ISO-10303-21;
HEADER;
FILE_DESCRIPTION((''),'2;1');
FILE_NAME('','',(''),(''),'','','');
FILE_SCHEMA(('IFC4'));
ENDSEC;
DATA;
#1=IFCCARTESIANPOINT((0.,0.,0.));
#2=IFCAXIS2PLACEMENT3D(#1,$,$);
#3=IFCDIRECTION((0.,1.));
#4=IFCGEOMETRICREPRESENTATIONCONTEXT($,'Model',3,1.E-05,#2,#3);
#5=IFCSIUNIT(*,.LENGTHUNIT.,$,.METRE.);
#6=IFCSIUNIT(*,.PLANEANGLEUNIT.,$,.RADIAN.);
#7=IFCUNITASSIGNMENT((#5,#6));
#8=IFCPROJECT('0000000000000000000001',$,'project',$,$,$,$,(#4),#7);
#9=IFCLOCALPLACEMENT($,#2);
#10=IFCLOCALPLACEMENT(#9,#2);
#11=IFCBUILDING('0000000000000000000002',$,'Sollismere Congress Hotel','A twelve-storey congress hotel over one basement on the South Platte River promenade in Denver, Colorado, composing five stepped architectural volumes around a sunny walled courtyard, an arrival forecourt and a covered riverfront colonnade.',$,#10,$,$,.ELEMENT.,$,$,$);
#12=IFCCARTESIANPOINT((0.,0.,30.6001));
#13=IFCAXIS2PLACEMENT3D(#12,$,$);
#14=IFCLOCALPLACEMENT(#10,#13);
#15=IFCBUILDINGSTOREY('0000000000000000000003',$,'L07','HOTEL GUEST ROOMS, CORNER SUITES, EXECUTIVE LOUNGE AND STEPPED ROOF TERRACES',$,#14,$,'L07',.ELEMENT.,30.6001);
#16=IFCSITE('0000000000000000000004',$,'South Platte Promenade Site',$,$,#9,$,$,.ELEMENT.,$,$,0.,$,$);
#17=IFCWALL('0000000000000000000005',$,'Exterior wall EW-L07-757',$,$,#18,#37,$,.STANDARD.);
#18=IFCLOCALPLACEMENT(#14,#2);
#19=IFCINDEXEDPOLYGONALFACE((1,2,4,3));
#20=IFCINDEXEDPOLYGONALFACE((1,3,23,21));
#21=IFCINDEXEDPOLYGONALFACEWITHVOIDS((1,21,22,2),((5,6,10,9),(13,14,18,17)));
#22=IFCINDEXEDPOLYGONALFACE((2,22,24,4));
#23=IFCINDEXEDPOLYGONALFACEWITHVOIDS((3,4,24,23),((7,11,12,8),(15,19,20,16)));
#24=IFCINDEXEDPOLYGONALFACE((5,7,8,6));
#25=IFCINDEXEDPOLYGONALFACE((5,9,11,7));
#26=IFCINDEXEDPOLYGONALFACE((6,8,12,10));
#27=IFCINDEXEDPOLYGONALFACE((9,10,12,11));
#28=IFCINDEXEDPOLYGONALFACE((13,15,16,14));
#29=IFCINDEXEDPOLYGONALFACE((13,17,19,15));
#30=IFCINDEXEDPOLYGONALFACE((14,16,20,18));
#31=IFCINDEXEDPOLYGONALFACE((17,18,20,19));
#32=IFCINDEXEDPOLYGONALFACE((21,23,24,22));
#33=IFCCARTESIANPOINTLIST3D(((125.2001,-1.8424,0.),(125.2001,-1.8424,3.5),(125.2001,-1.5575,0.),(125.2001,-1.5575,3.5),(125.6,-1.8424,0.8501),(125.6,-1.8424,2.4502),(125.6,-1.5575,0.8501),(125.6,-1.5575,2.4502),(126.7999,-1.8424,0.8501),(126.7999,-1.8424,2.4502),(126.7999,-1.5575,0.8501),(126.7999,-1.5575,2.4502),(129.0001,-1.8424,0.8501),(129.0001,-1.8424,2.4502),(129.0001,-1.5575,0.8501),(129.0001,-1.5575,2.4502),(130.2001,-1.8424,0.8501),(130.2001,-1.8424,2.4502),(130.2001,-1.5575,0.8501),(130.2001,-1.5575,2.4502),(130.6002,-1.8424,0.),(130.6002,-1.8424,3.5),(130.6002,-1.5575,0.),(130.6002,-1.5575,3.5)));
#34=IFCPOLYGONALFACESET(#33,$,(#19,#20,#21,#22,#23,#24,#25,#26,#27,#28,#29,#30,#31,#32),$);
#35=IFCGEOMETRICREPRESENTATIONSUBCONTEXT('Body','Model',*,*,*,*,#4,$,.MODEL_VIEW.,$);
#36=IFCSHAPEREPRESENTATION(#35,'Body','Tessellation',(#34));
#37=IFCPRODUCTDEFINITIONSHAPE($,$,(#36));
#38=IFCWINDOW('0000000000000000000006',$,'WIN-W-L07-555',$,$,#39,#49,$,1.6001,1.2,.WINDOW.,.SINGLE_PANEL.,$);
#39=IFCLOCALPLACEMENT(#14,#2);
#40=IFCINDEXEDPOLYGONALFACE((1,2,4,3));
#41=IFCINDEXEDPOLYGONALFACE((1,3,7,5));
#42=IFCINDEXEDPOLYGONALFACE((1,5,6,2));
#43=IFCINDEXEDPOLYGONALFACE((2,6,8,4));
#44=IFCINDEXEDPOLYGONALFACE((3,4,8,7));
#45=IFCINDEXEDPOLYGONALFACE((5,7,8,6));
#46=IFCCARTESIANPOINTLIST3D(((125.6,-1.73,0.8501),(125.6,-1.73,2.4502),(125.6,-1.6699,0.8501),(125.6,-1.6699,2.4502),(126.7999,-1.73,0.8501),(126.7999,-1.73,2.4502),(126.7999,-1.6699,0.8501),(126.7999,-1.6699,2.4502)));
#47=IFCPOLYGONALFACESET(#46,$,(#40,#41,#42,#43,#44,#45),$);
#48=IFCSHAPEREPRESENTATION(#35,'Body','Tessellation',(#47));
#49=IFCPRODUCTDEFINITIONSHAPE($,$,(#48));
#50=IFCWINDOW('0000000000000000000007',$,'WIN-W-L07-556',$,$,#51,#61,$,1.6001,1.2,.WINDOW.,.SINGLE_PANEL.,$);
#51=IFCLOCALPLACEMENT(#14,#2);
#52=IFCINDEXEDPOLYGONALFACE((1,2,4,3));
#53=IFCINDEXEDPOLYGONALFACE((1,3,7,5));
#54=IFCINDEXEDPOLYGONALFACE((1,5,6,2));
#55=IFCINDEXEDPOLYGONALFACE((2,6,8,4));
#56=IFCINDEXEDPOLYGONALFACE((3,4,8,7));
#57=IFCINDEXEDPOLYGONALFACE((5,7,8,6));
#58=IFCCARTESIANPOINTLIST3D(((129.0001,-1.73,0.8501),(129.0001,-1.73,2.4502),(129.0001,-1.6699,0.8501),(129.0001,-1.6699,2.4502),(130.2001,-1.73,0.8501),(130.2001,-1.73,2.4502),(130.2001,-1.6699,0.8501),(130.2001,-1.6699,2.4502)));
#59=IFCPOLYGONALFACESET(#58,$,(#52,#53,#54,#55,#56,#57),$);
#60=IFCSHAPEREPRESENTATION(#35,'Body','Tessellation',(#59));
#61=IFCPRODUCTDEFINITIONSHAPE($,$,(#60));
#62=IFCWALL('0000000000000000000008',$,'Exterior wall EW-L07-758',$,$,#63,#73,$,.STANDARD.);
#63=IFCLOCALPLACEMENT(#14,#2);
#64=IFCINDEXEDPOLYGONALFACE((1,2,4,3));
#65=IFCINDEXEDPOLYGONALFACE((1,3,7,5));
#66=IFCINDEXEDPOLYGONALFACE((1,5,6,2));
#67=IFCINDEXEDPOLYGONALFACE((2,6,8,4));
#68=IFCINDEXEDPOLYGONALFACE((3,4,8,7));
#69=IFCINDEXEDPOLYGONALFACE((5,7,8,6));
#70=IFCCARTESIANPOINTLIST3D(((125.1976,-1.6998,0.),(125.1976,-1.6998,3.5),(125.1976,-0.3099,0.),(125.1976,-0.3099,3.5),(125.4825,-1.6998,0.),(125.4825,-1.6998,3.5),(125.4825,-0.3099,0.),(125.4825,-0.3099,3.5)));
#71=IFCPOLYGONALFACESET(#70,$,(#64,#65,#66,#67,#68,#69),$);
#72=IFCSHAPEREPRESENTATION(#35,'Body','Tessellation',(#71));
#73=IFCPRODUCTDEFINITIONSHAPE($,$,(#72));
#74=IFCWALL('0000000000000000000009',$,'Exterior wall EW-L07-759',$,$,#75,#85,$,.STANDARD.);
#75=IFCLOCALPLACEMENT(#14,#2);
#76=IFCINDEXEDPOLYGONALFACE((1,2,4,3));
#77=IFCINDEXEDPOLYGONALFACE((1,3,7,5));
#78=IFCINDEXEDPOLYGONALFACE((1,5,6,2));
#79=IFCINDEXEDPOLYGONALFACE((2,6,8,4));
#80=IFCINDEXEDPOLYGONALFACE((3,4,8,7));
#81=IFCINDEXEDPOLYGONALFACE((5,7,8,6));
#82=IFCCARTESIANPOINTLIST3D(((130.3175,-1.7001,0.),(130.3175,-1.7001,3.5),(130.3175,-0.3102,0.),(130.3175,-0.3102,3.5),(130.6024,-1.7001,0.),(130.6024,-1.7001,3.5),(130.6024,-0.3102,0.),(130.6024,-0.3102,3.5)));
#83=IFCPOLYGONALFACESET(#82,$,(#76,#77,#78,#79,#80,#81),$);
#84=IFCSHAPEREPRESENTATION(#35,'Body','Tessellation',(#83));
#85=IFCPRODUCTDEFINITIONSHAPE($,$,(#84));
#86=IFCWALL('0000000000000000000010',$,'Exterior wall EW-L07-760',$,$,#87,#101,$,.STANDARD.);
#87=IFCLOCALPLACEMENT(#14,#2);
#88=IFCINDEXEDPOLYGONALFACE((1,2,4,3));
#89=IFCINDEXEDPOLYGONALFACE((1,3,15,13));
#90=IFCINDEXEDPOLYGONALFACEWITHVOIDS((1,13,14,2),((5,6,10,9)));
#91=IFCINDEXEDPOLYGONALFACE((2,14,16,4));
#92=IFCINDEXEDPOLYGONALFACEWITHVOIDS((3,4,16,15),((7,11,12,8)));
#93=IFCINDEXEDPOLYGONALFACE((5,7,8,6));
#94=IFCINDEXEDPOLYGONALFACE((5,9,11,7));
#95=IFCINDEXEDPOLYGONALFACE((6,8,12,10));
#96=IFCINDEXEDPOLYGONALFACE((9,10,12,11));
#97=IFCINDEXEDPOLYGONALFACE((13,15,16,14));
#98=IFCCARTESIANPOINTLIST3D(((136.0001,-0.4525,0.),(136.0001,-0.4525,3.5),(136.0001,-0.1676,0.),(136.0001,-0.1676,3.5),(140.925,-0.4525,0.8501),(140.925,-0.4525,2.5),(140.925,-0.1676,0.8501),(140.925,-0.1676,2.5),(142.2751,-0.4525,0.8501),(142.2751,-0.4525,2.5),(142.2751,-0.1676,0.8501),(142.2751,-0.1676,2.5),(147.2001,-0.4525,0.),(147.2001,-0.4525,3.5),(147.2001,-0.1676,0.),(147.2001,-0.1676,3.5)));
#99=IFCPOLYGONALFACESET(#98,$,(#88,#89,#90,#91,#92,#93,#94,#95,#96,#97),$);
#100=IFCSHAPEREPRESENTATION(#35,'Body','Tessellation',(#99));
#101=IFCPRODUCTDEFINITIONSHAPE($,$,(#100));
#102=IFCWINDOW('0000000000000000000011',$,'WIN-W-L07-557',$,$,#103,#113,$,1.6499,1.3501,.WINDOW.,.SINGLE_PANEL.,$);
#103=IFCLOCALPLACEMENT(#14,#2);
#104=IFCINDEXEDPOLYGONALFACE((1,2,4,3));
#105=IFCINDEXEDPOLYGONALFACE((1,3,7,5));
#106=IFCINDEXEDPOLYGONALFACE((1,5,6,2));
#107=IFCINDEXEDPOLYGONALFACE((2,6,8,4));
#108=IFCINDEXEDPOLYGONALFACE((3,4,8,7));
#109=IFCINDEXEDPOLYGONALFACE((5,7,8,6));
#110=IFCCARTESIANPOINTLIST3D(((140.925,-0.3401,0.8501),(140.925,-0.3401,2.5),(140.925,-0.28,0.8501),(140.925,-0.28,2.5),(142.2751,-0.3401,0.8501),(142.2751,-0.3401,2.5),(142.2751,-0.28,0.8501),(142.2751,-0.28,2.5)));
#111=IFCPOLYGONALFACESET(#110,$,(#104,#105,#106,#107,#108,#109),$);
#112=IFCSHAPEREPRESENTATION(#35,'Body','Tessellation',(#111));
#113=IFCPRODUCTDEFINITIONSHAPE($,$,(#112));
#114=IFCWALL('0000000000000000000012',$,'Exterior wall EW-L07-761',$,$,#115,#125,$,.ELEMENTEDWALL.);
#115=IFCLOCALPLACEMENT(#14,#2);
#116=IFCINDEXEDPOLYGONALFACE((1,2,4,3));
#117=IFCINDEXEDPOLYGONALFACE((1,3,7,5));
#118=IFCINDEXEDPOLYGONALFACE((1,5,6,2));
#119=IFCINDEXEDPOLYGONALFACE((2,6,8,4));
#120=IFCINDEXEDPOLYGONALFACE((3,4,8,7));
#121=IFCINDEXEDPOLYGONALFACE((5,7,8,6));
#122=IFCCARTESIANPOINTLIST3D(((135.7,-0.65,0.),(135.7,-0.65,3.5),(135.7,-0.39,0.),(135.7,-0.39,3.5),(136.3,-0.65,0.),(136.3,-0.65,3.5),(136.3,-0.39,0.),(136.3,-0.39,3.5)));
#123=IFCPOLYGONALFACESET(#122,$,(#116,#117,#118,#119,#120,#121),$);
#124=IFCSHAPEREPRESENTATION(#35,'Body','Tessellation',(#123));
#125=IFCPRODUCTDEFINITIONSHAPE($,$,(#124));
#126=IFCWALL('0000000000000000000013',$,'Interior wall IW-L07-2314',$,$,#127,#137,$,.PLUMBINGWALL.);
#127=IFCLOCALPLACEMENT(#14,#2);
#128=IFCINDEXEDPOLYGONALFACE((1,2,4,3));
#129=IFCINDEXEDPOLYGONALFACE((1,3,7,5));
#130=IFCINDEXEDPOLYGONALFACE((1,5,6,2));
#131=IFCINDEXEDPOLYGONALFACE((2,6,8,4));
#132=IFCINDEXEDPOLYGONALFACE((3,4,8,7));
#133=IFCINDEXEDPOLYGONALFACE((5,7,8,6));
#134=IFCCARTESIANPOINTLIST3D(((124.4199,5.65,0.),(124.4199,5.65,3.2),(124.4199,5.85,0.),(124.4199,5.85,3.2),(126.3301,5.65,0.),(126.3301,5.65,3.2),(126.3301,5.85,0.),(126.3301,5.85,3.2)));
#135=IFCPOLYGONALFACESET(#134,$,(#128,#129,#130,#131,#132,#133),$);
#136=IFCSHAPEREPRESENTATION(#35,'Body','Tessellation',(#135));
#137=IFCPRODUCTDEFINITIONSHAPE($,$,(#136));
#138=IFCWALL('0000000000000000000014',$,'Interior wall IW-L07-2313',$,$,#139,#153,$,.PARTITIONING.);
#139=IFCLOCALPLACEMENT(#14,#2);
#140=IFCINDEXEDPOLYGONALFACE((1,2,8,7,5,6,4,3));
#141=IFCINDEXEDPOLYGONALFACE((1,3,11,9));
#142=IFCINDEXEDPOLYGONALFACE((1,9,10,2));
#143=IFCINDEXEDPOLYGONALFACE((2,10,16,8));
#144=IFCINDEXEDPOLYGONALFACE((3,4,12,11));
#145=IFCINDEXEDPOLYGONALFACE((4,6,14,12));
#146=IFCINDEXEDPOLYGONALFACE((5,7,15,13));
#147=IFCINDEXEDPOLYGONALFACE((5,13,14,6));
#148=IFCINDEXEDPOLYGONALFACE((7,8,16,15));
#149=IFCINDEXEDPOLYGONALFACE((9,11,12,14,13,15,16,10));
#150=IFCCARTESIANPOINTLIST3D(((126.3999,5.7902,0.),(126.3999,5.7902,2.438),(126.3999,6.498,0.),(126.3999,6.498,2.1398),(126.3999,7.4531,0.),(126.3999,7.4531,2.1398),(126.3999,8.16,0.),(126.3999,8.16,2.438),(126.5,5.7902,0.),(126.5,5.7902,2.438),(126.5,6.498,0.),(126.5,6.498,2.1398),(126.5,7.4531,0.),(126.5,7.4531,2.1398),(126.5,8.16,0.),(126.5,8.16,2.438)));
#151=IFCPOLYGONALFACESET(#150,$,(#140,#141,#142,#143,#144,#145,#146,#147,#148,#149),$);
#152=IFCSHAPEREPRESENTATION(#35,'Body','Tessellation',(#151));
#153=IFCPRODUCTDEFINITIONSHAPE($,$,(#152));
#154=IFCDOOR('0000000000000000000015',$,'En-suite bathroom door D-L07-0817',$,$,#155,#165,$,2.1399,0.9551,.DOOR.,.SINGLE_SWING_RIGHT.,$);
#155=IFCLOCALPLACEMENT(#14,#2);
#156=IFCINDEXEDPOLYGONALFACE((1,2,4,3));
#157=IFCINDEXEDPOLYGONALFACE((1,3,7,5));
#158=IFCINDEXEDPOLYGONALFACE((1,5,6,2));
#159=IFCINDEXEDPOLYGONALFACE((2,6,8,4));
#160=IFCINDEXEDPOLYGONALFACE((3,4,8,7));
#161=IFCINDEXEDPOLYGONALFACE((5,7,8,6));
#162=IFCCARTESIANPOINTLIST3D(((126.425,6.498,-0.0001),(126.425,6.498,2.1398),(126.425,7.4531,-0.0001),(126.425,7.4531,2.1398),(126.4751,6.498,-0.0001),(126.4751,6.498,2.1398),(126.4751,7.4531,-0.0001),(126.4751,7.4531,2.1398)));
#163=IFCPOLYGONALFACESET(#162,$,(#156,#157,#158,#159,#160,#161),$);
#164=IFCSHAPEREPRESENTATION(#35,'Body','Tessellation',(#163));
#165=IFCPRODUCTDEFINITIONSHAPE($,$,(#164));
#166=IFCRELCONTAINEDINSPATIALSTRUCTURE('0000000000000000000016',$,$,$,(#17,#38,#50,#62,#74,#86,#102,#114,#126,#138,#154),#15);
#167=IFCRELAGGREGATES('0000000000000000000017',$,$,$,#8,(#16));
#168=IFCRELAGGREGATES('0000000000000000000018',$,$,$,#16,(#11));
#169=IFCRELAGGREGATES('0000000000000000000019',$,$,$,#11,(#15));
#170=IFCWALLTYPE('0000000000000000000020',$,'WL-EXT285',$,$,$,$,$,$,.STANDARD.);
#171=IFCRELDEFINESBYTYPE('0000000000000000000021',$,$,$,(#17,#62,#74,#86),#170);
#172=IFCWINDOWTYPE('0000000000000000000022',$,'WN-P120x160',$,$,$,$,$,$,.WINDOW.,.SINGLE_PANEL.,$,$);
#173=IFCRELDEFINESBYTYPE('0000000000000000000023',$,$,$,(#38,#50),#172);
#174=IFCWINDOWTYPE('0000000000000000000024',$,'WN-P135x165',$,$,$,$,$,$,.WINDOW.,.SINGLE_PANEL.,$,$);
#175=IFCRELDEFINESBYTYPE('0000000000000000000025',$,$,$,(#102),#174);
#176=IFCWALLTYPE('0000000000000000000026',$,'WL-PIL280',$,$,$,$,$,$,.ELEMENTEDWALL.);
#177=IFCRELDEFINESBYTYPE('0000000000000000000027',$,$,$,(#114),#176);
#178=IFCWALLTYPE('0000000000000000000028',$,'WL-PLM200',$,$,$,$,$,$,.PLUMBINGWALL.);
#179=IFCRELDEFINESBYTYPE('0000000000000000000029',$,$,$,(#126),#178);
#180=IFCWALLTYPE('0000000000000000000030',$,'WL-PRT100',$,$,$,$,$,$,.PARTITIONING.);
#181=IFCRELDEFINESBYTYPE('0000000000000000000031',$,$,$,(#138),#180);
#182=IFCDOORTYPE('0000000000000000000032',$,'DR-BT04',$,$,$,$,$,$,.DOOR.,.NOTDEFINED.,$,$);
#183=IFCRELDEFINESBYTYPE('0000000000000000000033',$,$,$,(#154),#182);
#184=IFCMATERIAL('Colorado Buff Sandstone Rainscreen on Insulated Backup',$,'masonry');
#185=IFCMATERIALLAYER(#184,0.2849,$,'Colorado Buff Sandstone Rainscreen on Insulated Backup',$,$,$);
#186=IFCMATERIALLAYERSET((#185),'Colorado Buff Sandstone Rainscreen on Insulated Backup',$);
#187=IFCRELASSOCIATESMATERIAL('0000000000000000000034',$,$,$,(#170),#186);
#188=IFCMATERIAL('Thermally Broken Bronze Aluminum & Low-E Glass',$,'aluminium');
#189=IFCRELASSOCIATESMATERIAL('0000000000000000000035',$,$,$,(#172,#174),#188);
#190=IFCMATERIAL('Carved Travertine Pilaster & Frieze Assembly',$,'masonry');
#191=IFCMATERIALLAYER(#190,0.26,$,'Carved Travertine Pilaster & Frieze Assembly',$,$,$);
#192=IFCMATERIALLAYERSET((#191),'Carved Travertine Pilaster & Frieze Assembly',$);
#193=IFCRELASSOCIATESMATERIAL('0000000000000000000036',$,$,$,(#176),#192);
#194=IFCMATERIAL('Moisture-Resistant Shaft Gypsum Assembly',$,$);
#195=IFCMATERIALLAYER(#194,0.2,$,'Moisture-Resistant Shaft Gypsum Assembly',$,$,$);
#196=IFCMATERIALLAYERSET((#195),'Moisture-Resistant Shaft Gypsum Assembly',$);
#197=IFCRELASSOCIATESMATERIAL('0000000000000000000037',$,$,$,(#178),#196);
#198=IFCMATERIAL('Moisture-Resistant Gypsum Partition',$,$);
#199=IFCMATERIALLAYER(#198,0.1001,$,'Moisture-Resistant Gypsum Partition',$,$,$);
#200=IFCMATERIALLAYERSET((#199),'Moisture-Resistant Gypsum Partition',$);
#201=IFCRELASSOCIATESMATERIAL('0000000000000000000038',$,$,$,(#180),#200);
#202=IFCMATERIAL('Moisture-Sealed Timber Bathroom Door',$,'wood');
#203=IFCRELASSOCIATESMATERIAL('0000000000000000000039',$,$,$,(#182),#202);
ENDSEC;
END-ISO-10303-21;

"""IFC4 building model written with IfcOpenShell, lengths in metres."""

from ifc_helpers import new_model, si_unit, direction, frame, frame_2d, origin, place, context, subcontext, project, spatial, rectangle, extrude, material, layer, layer_set, type_object, element, fill, save


model = new_model("IFC4")

# Units and contexts
model_context = context("Model", 3, precision=1e-05, world=origin(), true_north=direction((0.0, 1.0)))
body_context = subcontext(model_context, "Body", "Model", "MODEL_VIEW")
ifc_project = project(units=[si_unit("LENGTHUNIT", "METRE"), si_unit("PLANEANGLEUNIT", "RADIAN")], contexts=[model_context])

# Site, building, storey
site_placement = place(None, origin())
site = spatial("IfcSite", under=ifc_project, at=site_placement, Name="South Platte Promenade Site", CompositionType="ELEMENT", RefElevation=0.0)
building_placement = place(site_placement, origin())
building = spatial("IfcBuilding", under=site, at=building_placement, Name="Sollismere Congress Hotel", Description="A twelve-storey congress hotel over one basement on the South Platte River promenade in Denver, Colorado, composing five stepped architectural volumes around a sunny walled courtyard, an arrival forecourt and a covered riverfront colonnade.", CompositionType="ELEMENT")
storey_placement = place(building_placement, frame((0.0, 0.0, 30.6001)))
storey = spatial("IfcBuildingStorey", under=building, at=storey_placement, Name="L07", Description="HOTEL GUEST ROOMS, CORNER SUITES, EXECUTIVE LOUNGE AND STEPPED ROOF TERRACES", LongName="L07", CompositionType="ELEMENT", Elevation=30.6001)

# Shared definitions
ifc_material_1 = material(Name="Colorado Buff Sandstone Rainscreen on Insulated Backup", Category="masonry")
ifc_layer_1 = layer(ifc_material_1, 0.2849, Name="Colorado Buff Sandstone Rainscreen on Insulated Backup")
ifc_layer_set_1 = layer_set([ifc_layer_1], Name="Colorado Buff Sandstone Rainscreen on Insulated Backup")
wall_type_1 = type_object("IfcWallType", Name="WL-EXT285", PredefinedType="STANDARD", material=ifc_layer_set_1)
ifc_material_2 = material(Name="Thermally Broken Bronze Aluminum & Low-E Glass", Category="aluminium")

# Wall, openings, windows
wall_1_placement = place(storey_placement, frame((125.2, -1.7, 0.0), z_axis=(0.0, 0.0, 1.0), x_axis=(1.0, 0.0, 0.0)))
wall_1 = element("IfcWall", 1, at=wall_1_placement, inside=storey, type_object=wall_type_1, Name="Exterior wall EW-L07-757", PredefinedType="STANDARD", context=body_context, shape_type="SweptSolid", body=[
    extrude(rectangle(XDim=5.4001, YDim=0.2849, at=frame_2d((2.7002, 0.0))), origin(), (0.0, 0.0, 1.0), 3.5),
])
opening_1_placement = place(wall_1_placement, frame((0.3999, 0.0, 0.8501)))
opening_1 = element("IfcOpeningElement", 2, at=opening_1_placement, cuts=wall_1, PredefinedType="OPENING", context=body_context, shape_type="SweptSolid", body=[
    extrude(rectangle(XDim=1.2, YDim=1.6001, at=frame_2d((0.6001, 0.8))), frame((0.0, 0.1523, 0.0), z_axis=(0.0, -1.0, 0.0), x_axis=(1.0, 0.0, 0.0)), (0.0, 0.0, 1.0), 0.3049),
])
opening_2_placement = place(wall_1_placement, frame((3.8, 0.0, 0.8501)))
opening_2 = element("IfcOpeningElement", 3, at=opening_2_placement, cuts=wall_1, PredefinedType="OPENING", context=body_context, shape_type="SweptSolid", body=[
    extrude(rectangle(XDim=1.2, YDim=1.6001, at=frame_2d((0.6001, 0.8))), frame((0.0, 0.1523, 0.0), z_axis=(0.0, -1.0, 0.0), x_axis=(1.0, 0.0, 0.0)), (0.0, 0.0, 1.0), 0.3049),
])
window_type_1 = type_object("IfcWindowType", Name="WN-P120x160", PartitioningType="SINGLE_PANEL", PredefinedType="WINDOW", material=ifc_material_2)
window_1_placement = place(opening_1_placement, origin())
window_1 = element("IfcWindow", 4, at=window_1_placement, inside=storey, type_object=window_type_1, Name="WIN-W-L07-555", OverallHeight=1.6001, OverallWidth=1.2, PartitioningType="SINGLE_PANEL", PredefinedType="WINDOW", context=body_context, shape_type="SweptSolid", body=[
    extrude(rectangle(XDim=1.2, YDim=1.6001, at=frame_2d((0.6001, 0.8))), frame((0.0, 0.03, 0.0), z_axis=(0.0, -1.0, 0.0), x_axis=(1.0, 0.0, 0.0)), (0.0, 0.0, 1.0), 0.0601),
])
fill(opening_1, window_1)
window_2_placement = place(opening_2_placement, origin())
window_2 = element("IfcWindow", 5, at=window_2_placement, inside=storey, type_object=window_type_1, Name="WIN-W-L07-556", OverallHeight=1.6001, OverallWidth=1.2, PartitioningType="SINGLE_PANEL", PredefinedType="WINDOW", context=body_context, shape_type="SweptSolid", body=[
    extrude(rectangle(XDim=1.2, YDim=1.6001, at=frame_2d((0.6001, 0.8))), frame((0.0, 0.03, 0.0), z_axis=(0.0, -1.0, 0.0), x_axis=(1.0, 0.0, 0.0)), (0.0, 0.0, 1.0), 0.0601),
])
fill(opening_2, window_2)

# Walls
for number, where, z_axis, x_axis, name in (
    (6, (125.3401, -0.3101, 0.0), (0.0, 0.0, 1.0), (0.0, -1.0, 0.0), "Exterior wall EW-L07-758"),
    (7, (130.46, -1.7, 0.0), (0.0, 0.0, 1.0), (0.0, 1.0, 0.0), "Exterior wall EW-L07-759"),
):
    element("IfcWall", number, at=place(storey_placement, frame(where, z_axis=z_axis, x_axis=x_axis)), inside=storey, type_object=wall_type_1, Name=name, PredefinedType="STANDARD", context=body_context, shape_type="SweptSolid", body=[
        extrude(rectangle(XDim=1.3899, YDim=0.2849, at=frame_2d((0.6948, 0.0))), origin(), (0.0, 0.0, 1.0), 3.5),
    ])

# Wall, opening, window
wall_2_placement = place(storey_placement, frame((136.0, -0.3101, 0.0), z_axis=(0.0, 0.0, 1.0), x_axis=(1.0, 0.0, 0.0)))
wall_2 = element("IfcWall", 8, at=wall_2_placement, inside=storey, type_object=wall_type_1, Name="Exterior wall EW-L07-760", PredefinedType="STANDARD", context=body_context, shape_type="SweptSolid", body=[
    extrude(rectangle(XDim=11.2, YDim=0.2849, at=frame_2d((5.6001, 0.0))), origin(), (0.0, 0.0, 1.0), 3.5),
])
opening_3_placement = place(wall_2_placement, frame((4.925, 0.0, 0.8501)))
opening_3 = element("IfcOpeningElement", 9, at=opening_3_placement, cuts=wall_2, PredefinedType="OPENING", context=body_context, shape_type="SweptSolid", body=[
    extrude(rectangle(XDim=1.3501, YDim=1.6499, at=frame_2d((0.675, 0.825))), frame((0.0, 0.1523, 0.0), z_axis=(0.0, -1.0, 0.0), x_axis=(1.0, 0.0, 0.0)), (0.0, 0.0, 1.0), 0.3049),
])
window_type_2 = type_object("IfcWindowType", Name="WN-P135x165", PartitioningType="SINGLE_PANEL", PredefinedType="WINDOW", material=ifc_material_2)
window_3_placement = place(opening_3_placement, origin())
window_3 = element("IfcWindow", 10, at=window_3_placement, inside=storey, type_object=window_type_2, Name="WIN-W-L07-557", OverallHeight=1.6499, OverallWidth=1.3501, PartitioningType="SINGLE_PANEL", PredefinedType="WINDOW", context=body_context, shape_type="SweptSolid", body=[
    extrude(rectangle(XDim=1.3501, YDim=1.6499, at=frame_2d((0.675, 0.825))), frame((0.0, 0.03, 0.0), z_axis=(0.0, -1.0, 0.0), x_axis=(1.0, 0.0, 0.0)), (0.0, 0.0, 1.0), 0.0601),
])
fill(opening_3, window_3)

# Walls
ifc_material_3 = material(Name="Carved Travertine Pilaster & Frieze Assembly", Category="masonry")
ifc_layer_2 = layer(ifc_material_3, 0.26, Name="Carved Travertine Pilaster & Frieze Assembly")
ifc_layer_set_2 = layer_set([ifc_layer_2], Name="Carved Travertine Pilaster & Frieze Assembly")
wall_type_2 = type_object("IfcWallType", Name="WL-PIL280", PredefinedType="ELEMENTEDWALL", material=ifc_layer_set_2)
wall_3_placement = place(storey_placement, frame((135.7, -0.52, 0.0), z_axis=(0.0, 0.0, 1.0), x_axis=(1.0, 0.0, 0.0)))
element("IfcWall", 11, at=wall_3_placement, inside=storey, type_object=wall_type_2, Name="Exterior wall EW-L07-761", PredefinedType="ELEMENTEDWALL", context=body_context, shape_type="SweptSolid", body=[
    extrude(rectangle(XDim=0.6001, YDim=0.26, at=frame_2d((0.3, 0.0))), origin(), (0.0, 0.0, 1.0), 3.5),
])
ifc_material_4 = material(Name="Moisture-Resistant Shaft Gypsum Assembly")
ifc_layer_3 = layer(ifc_material_4, 0.2, Name="Moisture-Resistant Shaft Gypsum Assembly")
ifc_layer_set_3 = layer_set([ifc_layer_3], Name="Moisture-Resistant Shaft Gypsum Assembly")
wall_type_3 = type_object("IfcWallType", Name="WL-PLM200", PredefinedType="PLUMBINGWALL", material=ifc_layer_set_3)
wall_4_placement = place(storey_placement, frame((124.4199, 5.75, 0.0), z_axis=(0.0, 0.0, 1.0), x_axis=(1.0, 0.0, 0.0)))
element("IfcWall", 12, at=wall_4_placement, inside=storey, type_object=wall_type_3, Name="Interior wall IW-L07-2314", PredefinedType="PLUMBINGWALL", context=body_context, shape_type="SweptSolid", body=[
    extrude(rectangle(XDim=1.9102, YDim=0.2, at=frame_2d((0.9551, 0.0))), origin(), (0.0, 0.0, 1.0), 3.2),
])

# Wall, opening, door
ifc_material_5 = material(Name="Moisture-Resistant Gypsum Partition")
ifc_layer_4 = layer(ifc_material_5, 0.1001, Name="Moisture-Resistant Gypsum Partition")
ifc_layer_set_4 = layer_set([ifc_layer_4], Name="Moisture-Resistant Gypsum Partition")
wall_type_4 = type_object("IfcWallType", Name="WL-PRT100", PredefinedType="PARTITIONING", material=ifc_layer_set_4)
wall_5_placement = place(storey_placement, frame((126.45, 5.79, 0.0), z_axis=(0.0, 0.0, 1.0), x_axis=(0.0, 1.0, 0.0)))
wall_5 = element("IfcWall", 13, at=wall_5_placement, inside=storey, type_object=wall_type_4, Name="Interior wall IW-L07-2313", PredefinedType="PARTITIONING", context=body_context, shape_type="SweptSolid", body=[
    extrude(rectangle(XDim=2.3699, YDim=0.1001, at=frame_2d((1.1851, 0.0))), origin(), (0.0, 0.0, 1.0), 2.438),
])
opening_4_placement = place(wall_5_placement, frame((0.708, 0.0, 0.0)))
opening_4 = element("IfcOpeningElement", 14, at=opening_4_placement, cuts=wall_5, PredefinedType="OPENING", context=body_context, shape_type="SweptSolid", body=[
    extrude(rectangle(XDim=0.9551, YDim=2.1399, at=frame_2d((0.4775, 1.0698))), frame((0.0, 0.0601, 0.0), z_axis=(0.0, -1.0, 0.0), x_axis=(1.0, 0.0, 0.0)), (0.0, 0.0, 1.0), 0.1201),
])
ifc_material_6 = material(Name="Moisture-Sealed Timber Bathroom Door", Category="wood")
door_type_1 = type_object("IfcDoorType", Name="DR-BT04", OperationType="NOTDEFINED", PredefinedType="DOOR", material=ifc_material_6)
door_1_placement = place(opening_4_placement, origin())
door_1 = element("IfcDoor", 15, at=door_1_placement, inside=storey, type_object=door_type_1, Name="En-suite bathroom door D-L07-0817", OperationType="SINGLE_SWING_RIGHT", OverallHeight=2.1399, OverallWidth=0.9551, PredefinedType="DOOR", context=body_context, shape_type="SweptSolid", body=[
    extrude(rectangle(XDim=0.9551, YDim=2.1399, at=frame_2d((0.4775, 1.0698))), frame((0.0, 0.0249, 0.0), z_axis=(0.0, -1.0, 0.0), x_axis=(1.0, 0.0, 0.0)), (0.0, 0.0, 1.0), 0.05),
])
fill(opening_4, door_1)

save(model, "model.ifc")
